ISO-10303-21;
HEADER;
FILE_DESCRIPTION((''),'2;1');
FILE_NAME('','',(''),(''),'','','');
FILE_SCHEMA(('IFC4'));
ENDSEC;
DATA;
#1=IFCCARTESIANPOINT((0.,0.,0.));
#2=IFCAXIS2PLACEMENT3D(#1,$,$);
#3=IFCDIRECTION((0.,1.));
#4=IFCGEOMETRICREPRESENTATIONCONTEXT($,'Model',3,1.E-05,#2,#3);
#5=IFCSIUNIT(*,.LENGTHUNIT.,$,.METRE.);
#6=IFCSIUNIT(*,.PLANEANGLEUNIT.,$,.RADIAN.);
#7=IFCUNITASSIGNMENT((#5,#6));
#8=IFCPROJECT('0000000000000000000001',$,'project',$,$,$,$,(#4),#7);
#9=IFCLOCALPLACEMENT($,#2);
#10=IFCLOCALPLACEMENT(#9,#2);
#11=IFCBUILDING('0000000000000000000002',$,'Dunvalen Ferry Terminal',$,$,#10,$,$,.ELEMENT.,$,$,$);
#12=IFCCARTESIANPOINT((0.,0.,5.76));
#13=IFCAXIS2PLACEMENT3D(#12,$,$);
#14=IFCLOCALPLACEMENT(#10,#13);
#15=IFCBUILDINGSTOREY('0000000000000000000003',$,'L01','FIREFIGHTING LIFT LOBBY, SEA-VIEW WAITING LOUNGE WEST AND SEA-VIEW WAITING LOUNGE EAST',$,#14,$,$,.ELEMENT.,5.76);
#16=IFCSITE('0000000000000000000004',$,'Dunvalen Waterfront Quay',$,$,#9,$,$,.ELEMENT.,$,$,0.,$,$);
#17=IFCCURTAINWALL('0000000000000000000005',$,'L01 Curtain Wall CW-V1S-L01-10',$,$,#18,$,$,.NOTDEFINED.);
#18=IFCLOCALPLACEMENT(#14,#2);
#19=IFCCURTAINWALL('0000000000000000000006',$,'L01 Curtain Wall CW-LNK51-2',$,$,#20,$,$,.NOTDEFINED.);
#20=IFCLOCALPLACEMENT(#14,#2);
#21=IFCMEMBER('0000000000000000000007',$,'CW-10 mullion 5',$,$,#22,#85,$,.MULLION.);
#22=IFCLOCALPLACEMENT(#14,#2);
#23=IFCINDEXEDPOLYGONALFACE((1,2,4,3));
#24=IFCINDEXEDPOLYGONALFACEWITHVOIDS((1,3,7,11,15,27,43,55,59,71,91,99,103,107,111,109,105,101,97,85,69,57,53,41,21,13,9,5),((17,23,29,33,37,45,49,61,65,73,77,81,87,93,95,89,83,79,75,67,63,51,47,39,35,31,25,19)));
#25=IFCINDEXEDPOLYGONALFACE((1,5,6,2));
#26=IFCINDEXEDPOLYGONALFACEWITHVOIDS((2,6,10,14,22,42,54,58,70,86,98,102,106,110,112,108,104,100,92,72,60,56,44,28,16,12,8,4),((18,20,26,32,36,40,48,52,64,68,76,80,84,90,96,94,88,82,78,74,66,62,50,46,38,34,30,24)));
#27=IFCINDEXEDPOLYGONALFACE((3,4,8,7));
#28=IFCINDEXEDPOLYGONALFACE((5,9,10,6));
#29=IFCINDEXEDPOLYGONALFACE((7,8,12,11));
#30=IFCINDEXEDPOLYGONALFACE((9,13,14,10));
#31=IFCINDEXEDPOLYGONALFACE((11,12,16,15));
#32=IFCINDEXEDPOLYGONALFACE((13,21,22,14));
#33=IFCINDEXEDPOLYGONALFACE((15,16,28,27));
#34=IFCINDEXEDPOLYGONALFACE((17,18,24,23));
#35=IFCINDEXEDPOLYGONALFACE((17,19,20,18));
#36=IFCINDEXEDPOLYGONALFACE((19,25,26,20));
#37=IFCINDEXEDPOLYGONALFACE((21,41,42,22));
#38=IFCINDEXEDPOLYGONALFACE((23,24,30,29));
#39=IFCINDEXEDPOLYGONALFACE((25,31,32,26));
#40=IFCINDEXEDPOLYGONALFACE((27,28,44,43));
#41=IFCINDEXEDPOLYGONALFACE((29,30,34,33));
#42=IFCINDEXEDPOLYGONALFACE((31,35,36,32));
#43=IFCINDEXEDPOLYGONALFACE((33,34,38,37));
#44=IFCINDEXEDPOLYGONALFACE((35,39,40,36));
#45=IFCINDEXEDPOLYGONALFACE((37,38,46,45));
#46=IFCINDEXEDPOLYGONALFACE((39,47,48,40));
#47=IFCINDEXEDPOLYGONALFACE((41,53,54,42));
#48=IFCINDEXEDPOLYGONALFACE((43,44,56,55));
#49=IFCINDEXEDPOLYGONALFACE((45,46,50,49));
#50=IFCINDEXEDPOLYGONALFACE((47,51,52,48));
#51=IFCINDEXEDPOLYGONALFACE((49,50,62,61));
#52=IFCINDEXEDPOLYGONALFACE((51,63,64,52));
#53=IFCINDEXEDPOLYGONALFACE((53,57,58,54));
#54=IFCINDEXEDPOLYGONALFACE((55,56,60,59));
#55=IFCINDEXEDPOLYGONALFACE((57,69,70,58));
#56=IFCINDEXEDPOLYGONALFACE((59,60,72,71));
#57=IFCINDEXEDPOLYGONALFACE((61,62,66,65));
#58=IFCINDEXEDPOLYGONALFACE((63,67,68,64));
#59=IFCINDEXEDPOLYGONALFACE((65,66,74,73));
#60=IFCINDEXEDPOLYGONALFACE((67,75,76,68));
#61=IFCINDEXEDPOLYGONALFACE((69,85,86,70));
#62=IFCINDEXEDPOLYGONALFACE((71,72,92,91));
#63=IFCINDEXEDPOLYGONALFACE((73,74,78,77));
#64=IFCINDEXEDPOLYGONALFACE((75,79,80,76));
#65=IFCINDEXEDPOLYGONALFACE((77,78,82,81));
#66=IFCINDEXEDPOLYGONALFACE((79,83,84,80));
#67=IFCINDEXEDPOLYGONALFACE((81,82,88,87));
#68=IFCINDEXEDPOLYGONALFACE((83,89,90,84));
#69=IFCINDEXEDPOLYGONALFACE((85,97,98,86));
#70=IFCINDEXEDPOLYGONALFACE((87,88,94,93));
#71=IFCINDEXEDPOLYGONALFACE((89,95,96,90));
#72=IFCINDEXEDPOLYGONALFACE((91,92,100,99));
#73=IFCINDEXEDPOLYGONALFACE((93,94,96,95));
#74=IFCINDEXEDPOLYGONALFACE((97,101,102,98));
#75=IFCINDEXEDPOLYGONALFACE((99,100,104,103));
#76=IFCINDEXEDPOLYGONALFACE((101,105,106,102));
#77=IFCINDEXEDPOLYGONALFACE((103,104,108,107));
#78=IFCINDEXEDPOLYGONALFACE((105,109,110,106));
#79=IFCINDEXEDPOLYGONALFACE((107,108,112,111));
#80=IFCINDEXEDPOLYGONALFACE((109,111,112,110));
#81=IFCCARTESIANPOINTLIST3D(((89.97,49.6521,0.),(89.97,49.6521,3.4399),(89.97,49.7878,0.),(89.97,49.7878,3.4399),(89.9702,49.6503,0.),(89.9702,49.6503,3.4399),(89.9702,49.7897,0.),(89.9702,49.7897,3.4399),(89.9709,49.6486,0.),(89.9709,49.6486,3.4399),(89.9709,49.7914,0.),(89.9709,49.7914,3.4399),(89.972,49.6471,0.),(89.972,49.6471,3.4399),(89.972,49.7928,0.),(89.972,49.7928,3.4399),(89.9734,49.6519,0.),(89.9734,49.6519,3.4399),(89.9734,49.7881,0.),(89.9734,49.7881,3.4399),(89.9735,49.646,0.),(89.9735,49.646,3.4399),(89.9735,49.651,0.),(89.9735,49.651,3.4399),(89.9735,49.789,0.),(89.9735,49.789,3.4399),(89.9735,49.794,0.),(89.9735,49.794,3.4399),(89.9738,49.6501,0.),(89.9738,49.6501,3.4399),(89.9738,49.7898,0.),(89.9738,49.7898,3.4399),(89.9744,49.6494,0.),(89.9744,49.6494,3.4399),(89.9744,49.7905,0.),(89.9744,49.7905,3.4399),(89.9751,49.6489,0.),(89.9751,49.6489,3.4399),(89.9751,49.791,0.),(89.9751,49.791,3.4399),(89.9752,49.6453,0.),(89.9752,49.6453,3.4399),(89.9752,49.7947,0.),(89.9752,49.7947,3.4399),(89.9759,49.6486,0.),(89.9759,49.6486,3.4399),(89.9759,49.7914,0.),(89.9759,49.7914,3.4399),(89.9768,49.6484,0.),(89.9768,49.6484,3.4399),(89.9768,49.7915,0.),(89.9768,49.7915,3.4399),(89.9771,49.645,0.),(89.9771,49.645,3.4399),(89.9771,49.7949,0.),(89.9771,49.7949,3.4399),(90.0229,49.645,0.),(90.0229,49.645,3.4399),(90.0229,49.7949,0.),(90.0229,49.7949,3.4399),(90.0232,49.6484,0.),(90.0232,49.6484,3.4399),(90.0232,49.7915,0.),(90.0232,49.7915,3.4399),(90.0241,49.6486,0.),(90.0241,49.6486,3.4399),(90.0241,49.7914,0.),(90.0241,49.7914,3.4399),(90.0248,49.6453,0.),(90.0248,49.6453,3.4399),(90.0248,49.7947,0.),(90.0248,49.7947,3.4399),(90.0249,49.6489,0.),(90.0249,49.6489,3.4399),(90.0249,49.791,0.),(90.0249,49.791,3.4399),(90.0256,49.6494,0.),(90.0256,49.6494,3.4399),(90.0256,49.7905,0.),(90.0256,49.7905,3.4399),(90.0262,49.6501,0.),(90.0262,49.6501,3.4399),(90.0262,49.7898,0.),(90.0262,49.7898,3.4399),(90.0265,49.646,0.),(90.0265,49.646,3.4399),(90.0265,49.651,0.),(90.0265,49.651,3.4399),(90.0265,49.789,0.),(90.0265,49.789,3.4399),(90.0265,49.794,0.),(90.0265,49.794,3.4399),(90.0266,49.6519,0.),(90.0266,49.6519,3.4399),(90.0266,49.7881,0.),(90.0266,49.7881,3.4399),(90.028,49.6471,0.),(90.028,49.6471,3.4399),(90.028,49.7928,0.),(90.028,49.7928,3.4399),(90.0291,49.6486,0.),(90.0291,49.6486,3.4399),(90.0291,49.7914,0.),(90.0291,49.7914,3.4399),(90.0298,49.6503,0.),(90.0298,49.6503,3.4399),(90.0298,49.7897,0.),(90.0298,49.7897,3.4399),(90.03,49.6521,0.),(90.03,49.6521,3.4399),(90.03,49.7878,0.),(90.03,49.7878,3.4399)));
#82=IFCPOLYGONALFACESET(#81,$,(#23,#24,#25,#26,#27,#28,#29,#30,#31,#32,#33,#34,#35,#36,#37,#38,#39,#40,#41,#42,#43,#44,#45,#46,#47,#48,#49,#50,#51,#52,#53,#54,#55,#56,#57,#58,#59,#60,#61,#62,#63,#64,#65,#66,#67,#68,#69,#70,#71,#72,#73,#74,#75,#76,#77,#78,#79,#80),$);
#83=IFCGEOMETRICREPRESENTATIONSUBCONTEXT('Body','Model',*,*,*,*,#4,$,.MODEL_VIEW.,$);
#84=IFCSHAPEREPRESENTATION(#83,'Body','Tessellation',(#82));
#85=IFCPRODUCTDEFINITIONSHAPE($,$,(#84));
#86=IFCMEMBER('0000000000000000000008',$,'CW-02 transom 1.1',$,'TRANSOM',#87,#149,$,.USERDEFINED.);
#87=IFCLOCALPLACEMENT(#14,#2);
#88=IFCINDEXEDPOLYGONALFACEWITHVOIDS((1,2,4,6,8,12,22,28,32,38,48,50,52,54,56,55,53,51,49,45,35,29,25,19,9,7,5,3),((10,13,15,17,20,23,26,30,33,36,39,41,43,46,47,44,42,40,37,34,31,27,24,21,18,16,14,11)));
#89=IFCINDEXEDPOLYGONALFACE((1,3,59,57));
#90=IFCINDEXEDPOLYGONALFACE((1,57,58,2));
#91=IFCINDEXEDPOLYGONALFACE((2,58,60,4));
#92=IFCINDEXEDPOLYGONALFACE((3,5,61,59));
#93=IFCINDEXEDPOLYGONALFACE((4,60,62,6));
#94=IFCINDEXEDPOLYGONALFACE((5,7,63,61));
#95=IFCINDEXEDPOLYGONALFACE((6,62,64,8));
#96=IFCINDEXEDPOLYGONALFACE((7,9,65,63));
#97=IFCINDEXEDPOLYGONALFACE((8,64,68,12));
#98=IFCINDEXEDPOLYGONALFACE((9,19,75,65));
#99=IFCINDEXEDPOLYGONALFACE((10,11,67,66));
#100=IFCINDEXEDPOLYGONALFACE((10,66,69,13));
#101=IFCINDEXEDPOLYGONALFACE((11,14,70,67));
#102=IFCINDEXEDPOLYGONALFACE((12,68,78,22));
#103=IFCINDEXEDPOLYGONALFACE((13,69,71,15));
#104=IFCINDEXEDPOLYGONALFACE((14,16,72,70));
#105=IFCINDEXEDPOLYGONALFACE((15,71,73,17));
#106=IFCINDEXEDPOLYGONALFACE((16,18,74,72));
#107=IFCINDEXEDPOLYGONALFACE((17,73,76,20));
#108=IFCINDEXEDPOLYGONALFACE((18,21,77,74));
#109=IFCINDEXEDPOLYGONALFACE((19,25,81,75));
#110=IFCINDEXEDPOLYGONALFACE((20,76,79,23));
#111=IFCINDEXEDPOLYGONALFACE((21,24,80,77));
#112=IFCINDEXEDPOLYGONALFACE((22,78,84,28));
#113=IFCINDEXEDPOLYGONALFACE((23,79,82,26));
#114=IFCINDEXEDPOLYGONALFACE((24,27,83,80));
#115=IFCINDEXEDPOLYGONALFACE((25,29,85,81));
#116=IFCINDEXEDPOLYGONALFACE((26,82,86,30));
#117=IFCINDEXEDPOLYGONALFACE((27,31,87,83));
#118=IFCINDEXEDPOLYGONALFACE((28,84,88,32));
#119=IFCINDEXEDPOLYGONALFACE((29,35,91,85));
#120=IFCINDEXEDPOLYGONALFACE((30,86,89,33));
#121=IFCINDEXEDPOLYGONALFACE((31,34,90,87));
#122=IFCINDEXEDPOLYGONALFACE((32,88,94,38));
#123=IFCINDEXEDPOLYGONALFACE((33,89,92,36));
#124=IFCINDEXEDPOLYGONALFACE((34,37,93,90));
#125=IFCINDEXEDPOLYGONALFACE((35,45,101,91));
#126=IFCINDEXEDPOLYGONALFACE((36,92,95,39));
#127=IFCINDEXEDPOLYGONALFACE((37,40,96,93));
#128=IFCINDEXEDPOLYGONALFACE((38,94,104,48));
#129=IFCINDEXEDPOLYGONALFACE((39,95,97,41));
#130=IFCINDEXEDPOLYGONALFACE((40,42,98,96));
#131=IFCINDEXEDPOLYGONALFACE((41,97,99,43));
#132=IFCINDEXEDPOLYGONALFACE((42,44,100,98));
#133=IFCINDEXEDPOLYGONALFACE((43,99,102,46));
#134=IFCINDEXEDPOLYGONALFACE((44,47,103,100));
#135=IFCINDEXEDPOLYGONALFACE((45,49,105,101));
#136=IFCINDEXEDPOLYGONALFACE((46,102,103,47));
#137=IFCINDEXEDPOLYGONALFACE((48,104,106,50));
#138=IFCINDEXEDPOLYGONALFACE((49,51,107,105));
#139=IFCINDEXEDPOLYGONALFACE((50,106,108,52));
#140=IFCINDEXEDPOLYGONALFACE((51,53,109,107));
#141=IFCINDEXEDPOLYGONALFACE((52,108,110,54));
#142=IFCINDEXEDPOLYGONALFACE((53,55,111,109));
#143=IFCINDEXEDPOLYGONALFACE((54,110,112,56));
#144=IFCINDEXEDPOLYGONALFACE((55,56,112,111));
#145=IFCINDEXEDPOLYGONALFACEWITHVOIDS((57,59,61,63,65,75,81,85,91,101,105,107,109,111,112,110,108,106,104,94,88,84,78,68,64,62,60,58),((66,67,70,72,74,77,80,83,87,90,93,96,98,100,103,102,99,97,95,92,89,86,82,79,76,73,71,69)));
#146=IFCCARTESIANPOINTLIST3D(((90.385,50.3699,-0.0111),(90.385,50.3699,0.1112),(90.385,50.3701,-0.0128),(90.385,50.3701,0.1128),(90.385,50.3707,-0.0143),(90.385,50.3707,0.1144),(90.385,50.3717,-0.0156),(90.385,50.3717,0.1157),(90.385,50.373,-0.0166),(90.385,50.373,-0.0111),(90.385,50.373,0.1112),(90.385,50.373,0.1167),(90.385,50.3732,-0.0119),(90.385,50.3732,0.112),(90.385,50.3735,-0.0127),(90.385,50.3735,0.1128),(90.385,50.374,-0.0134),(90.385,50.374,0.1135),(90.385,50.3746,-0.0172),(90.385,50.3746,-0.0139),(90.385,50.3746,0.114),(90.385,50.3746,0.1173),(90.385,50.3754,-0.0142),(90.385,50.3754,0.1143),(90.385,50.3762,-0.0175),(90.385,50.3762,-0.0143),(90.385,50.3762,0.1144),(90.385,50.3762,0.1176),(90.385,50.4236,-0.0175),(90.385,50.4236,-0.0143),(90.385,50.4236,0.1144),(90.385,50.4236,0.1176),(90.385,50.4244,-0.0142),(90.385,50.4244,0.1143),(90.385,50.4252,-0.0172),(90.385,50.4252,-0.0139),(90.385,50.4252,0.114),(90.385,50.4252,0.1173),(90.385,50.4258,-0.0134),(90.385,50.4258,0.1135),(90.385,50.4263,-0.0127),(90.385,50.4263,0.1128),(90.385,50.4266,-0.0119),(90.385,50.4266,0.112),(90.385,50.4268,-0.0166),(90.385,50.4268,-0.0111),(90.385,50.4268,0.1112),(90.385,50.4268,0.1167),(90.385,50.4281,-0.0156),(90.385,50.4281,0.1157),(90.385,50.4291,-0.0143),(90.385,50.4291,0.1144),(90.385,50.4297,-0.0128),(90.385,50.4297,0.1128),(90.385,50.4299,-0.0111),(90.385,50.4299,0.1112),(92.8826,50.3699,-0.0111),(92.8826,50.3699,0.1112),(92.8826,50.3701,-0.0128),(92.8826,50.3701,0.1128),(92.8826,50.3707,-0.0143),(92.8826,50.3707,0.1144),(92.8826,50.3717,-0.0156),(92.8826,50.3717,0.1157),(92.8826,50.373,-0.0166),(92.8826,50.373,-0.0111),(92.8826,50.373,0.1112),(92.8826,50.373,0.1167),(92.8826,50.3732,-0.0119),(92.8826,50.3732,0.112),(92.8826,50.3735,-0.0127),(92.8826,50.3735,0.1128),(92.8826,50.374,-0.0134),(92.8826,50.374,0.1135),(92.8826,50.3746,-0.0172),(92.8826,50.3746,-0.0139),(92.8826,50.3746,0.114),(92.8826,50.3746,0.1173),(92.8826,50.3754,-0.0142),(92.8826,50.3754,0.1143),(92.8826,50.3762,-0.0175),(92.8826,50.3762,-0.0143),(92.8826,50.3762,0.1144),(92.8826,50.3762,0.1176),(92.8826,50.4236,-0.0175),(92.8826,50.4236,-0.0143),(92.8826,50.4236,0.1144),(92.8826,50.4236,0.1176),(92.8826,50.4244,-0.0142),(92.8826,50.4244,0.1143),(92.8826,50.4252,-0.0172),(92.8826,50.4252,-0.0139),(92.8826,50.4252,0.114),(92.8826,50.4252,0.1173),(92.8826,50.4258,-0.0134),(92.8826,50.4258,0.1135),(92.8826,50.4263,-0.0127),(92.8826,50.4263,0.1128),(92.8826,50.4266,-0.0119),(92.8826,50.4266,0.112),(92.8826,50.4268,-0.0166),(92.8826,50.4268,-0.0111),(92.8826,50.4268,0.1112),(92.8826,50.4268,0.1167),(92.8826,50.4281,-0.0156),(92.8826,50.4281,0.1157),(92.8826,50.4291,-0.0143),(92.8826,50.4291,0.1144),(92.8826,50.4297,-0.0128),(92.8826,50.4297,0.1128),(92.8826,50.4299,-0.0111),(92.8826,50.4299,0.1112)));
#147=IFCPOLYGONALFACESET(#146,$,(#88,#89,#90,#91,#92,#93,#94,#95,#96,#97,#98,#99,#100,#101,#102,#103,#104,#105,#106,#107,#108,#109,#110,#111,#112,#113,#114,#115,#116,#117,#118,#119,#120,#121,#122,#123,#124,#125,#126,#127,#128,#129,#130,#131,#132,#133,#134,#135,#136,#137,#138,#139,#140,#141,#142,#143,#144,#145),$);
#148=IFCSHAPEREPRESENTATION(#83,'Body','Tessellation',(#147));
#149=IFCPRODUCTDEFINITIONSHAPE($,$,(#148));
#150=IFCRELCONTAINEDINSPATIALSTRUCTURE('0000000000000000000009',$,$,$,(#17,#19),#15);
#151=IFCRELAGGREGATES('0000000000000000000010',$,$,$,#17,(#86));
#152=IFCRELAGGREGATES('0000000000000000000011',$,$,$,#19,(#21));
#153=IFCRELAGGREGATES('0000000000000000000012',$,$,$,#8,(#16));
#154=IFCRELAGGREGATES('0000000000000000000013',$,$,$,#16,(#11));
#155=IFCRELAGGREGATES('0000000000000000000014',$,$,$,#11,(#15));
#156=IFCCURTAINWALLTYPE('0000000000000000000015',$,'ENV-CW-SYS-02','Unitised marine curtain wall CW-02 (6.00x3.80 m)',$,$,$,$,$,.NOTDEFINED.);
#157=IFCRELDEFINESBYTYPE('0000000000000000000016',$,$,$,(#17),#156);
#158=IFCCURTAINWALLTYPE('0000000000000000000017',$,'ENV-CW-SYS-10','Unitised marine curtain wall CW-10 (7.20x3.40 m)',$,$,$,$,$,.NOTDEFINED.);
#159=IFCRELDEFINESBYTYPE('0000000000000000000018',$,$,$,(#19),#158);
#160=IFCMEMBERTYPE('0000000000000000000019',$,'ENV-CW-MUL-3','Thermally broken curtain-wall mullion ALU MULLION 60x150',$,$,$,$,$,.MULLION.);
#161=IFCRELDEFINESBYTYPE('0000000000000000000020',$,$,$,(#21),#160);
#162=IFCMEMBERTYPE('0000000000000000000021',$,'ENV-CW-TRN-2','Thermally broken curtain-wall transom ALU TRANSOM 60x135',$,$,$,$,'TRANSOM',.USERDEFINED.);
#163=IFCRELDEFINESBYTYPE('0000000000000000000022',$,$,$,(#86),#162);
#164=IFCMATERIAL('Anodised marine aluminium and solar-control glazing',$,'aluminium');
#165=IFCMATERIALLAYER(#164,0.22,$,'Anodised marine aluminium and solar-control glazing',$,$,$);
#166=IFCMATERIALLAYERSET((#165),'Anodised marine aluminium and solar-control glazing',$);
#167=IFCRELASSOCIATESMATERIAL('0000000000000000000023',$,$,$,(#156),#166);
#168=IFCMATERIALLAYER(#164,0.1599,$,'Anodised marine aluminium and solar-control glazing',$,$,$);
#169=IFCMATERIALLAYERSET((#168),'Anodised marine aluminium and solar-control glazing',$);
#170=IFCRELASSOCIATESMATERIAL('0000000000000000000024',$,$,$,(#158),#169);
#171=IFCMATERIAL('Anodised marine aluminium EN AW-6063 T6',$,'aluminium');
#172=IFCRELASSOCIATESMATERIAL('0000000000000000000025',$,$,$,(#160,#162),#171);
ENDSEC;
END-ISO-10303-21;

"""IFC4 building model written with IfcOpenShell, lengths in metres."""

from ifc_helpers import new_model, si_unit, direction, frame, origin, origin_2d, place, context, subcontext, project, spatial, hollow_rectangle, extrude, material, layer, layer_set, material_profile, profile_set, type_object, element, aggregate, save


model = new_model("IFC4")

# Units and contexts
model_context = context("Model", 3, precision=1e-05, world=origin(), true_north=direction((0.0, 1.0)))
body_context = subcontext(model_context, "Body", "Model", "MODEL_VIEW")
ifc_project = project(units=[si_unit("LENGTHUNIT", "METRE"), si_unit("PLANEANGLEUNIT", "RADIAN")], contexts=[model_context])

# Site, building, storey
site_placement = place(None, origin())
site = spatial("IfcSite", under=ifc_project, at=site_placement, Name="Dunvalen Waterfront Quay", CompositionType="ELEMENT", RefElevation=0.0)
building_placement = place(site_placement, origin())
building = spatial("IfcBuilding", under=site, at=building_placement, Name="Dunvalen Ferry Terminal", CompositionType="ELEMENT")
storey_placement = place(building_placement, frame((0.0, 0.0, 5.76)))
storey = spatial("IfcBuildingStorey", under=building, at=storey_placement, Name="L01", Description="FIREFIGHTING LIFT LOBBY, SEA-VIEW WAITING LOUNGE WEST AND SEA-VIEW WAITING LOUNGE EAST", CompositionType="ELEMENT", Elevation=5.76)

# Curtain wall
ifc_material_1 = material(Name="Anodised marine aluminium and solar-control glazing", Category="aluminium")
ifc_layer_1 = layer(ifc_material_1, 0.22, Name="Anodised marine aluminium and solar-control glazing")
ifc_layer_set_1 = layer_set([ifc_layer_1], Name="Anodised marine aluminium and solar-control glazing")
curtain_wall_type_1 = type_object("IfcCurtainWallType", Name="ENV-CW-SYS-02", Description="Unitised marine curtain wall CW-02 (6.00x3.80 m)", PredefinedType="NOTDEFINED", material=ifc_layer_set_1)
curtain_wall_1_placement = place(storey_placement, origin())
curtain_wall_1 = element("IfcCurtainWall", 1, at=curtain_wall_1_placement, inside=storey, type_object=curtain_wall_type_1, Name="L01 Curtain Wall CW-V1S-L01-10", PredefinedType="NOTDEFINED")
ifc_material_2 = material(Name="Anodised marine aluminium EN AW-6063 T6", Category="aluminium")

# Curtain wall, member
ifc_layer_2 = layer(ifc_material_1, 0.1599, Name="Anodised marine aluminium and solar-control glazing")
ifc_layer_set_2 = layer_set([ifc_layer_2], Name="Anodised marine aluminium and solar-control glazing")
curtain_wall_type_2 = type_object("IfcCurtainWallType", Name="ENV-CW-SYS-10", Description="Unitised marine curtain wall CW-10 (7.20x3.40 m)", PredefinedType="NOTDEFINED", material=ifc_layer_set_2)
curtain_wall_2_placement = place(storey_placement, origin())
curtain_wall_2 = element("IfcCurtainWall", 2, at=curtain_wall_2_placement, inside=storey, type_object=curtain_wall_type_2, Name="L01 Curtain Wall CW-LNK51-2", PredefinedType="NOTDEFINED")
ifc_material_profile_1 = material_profile(ifc_material_2, hollow_rectangle(XDim=0.0601, YDim=0.1499, WallThickness=0.0034, InnerFilletRadius=0.0034, OuterFilletRadius=0.0071, at=origin_2d()), Name="Anodised marine aluminium EN AW-6063 T6")
ifc_profile_set_1 = profile_set([ifc_material_profile_1], Name="Anodised marine aluminium EN AW-6063 T6")
member_type_1 = type_object("IfcMemberType", Name="ENV-CW-MUL-3", Description="Thermally broken curtain-wall mullion ALU MULLION 60x150", PredefinedType="MULLION", material=ifc_profile_set_1)
member_1_placement = place(storey_placement, frame((90.0, 49.72, 0.0), z_axis=(0.0, 0.0, 1.0), x_axis=(-1.0, 0.0, 0.0)))
member_1 = element("IfcMember", 3, at=member_1_placement, type_object=member_type_1, Name="CW-10 mullion 5", PredefinedType="MULLION", context=body_context, shape_type="SweptSolid", body=[
    extrude(hollow_rectangle(XDim=0.0601, YDim=0.1499, WallThickness=0.0034, InnerFilletRadius=0.0034, OuterFilletRadius=0.0071, at=origin_2d()), origin(), (0.0, 0.0, 1.0), 3.4399),
])

# Member
ifc_material_profile_2 = material_profile(ifc_material_2, hollow_rectangle(XDim=0.0601, YDim=0.135, WallThickness=0.0032, InnerFilletRadius=0.0032, OuterFilletRadius=0.0063, at=origin_2d()), Name="Anodised marine aluminium EN AW-6063 T6")
ifc_profile_set_2 = profile_set([ifc_material_profile_2], Name="Anodised marine aluminium EN AW-6063 T6")
member_type_2 = type_object("IfcMemberType", Name="ENV-CW-TRN-2", Description="Thermally broken curtain-wall transom ALU TRANSOM 60x135", ElementType="TRANSOM", PredefinedType="USERDEFINED", material=ifc_profile_set_2)
member_2_placement = place(storey_placement, frame((90.385, 50.3999, 0.05), z_axis=(1.0, 0.0, 0.0), x_axis=(0.0, 1.0, 0.0)))
member_2 = element("IfcMember", 4, at=member_2_placement, type_object=member_type_2, Name="CW-02 transom 1.1", ObjectType="TRANSOM", PredefinedType="USERDEFINED", context=body_context, shape_type="SweptSolid", body=[
    extrude(hollow_rectangle(XDim=0.0601, YDim=0.135, WallThickness=0.0032, InnerFilletRadius=0.0032, OuterFilletRadius=0.0063, at=origin_2d()), origin(), (0.0, 0.0, 1.0), 2.4976),
])

aggregate(curtain_wall_1, [member_2])
aggregate(curtain_wall_2, [member_1])

save(model, "model.ifc")
